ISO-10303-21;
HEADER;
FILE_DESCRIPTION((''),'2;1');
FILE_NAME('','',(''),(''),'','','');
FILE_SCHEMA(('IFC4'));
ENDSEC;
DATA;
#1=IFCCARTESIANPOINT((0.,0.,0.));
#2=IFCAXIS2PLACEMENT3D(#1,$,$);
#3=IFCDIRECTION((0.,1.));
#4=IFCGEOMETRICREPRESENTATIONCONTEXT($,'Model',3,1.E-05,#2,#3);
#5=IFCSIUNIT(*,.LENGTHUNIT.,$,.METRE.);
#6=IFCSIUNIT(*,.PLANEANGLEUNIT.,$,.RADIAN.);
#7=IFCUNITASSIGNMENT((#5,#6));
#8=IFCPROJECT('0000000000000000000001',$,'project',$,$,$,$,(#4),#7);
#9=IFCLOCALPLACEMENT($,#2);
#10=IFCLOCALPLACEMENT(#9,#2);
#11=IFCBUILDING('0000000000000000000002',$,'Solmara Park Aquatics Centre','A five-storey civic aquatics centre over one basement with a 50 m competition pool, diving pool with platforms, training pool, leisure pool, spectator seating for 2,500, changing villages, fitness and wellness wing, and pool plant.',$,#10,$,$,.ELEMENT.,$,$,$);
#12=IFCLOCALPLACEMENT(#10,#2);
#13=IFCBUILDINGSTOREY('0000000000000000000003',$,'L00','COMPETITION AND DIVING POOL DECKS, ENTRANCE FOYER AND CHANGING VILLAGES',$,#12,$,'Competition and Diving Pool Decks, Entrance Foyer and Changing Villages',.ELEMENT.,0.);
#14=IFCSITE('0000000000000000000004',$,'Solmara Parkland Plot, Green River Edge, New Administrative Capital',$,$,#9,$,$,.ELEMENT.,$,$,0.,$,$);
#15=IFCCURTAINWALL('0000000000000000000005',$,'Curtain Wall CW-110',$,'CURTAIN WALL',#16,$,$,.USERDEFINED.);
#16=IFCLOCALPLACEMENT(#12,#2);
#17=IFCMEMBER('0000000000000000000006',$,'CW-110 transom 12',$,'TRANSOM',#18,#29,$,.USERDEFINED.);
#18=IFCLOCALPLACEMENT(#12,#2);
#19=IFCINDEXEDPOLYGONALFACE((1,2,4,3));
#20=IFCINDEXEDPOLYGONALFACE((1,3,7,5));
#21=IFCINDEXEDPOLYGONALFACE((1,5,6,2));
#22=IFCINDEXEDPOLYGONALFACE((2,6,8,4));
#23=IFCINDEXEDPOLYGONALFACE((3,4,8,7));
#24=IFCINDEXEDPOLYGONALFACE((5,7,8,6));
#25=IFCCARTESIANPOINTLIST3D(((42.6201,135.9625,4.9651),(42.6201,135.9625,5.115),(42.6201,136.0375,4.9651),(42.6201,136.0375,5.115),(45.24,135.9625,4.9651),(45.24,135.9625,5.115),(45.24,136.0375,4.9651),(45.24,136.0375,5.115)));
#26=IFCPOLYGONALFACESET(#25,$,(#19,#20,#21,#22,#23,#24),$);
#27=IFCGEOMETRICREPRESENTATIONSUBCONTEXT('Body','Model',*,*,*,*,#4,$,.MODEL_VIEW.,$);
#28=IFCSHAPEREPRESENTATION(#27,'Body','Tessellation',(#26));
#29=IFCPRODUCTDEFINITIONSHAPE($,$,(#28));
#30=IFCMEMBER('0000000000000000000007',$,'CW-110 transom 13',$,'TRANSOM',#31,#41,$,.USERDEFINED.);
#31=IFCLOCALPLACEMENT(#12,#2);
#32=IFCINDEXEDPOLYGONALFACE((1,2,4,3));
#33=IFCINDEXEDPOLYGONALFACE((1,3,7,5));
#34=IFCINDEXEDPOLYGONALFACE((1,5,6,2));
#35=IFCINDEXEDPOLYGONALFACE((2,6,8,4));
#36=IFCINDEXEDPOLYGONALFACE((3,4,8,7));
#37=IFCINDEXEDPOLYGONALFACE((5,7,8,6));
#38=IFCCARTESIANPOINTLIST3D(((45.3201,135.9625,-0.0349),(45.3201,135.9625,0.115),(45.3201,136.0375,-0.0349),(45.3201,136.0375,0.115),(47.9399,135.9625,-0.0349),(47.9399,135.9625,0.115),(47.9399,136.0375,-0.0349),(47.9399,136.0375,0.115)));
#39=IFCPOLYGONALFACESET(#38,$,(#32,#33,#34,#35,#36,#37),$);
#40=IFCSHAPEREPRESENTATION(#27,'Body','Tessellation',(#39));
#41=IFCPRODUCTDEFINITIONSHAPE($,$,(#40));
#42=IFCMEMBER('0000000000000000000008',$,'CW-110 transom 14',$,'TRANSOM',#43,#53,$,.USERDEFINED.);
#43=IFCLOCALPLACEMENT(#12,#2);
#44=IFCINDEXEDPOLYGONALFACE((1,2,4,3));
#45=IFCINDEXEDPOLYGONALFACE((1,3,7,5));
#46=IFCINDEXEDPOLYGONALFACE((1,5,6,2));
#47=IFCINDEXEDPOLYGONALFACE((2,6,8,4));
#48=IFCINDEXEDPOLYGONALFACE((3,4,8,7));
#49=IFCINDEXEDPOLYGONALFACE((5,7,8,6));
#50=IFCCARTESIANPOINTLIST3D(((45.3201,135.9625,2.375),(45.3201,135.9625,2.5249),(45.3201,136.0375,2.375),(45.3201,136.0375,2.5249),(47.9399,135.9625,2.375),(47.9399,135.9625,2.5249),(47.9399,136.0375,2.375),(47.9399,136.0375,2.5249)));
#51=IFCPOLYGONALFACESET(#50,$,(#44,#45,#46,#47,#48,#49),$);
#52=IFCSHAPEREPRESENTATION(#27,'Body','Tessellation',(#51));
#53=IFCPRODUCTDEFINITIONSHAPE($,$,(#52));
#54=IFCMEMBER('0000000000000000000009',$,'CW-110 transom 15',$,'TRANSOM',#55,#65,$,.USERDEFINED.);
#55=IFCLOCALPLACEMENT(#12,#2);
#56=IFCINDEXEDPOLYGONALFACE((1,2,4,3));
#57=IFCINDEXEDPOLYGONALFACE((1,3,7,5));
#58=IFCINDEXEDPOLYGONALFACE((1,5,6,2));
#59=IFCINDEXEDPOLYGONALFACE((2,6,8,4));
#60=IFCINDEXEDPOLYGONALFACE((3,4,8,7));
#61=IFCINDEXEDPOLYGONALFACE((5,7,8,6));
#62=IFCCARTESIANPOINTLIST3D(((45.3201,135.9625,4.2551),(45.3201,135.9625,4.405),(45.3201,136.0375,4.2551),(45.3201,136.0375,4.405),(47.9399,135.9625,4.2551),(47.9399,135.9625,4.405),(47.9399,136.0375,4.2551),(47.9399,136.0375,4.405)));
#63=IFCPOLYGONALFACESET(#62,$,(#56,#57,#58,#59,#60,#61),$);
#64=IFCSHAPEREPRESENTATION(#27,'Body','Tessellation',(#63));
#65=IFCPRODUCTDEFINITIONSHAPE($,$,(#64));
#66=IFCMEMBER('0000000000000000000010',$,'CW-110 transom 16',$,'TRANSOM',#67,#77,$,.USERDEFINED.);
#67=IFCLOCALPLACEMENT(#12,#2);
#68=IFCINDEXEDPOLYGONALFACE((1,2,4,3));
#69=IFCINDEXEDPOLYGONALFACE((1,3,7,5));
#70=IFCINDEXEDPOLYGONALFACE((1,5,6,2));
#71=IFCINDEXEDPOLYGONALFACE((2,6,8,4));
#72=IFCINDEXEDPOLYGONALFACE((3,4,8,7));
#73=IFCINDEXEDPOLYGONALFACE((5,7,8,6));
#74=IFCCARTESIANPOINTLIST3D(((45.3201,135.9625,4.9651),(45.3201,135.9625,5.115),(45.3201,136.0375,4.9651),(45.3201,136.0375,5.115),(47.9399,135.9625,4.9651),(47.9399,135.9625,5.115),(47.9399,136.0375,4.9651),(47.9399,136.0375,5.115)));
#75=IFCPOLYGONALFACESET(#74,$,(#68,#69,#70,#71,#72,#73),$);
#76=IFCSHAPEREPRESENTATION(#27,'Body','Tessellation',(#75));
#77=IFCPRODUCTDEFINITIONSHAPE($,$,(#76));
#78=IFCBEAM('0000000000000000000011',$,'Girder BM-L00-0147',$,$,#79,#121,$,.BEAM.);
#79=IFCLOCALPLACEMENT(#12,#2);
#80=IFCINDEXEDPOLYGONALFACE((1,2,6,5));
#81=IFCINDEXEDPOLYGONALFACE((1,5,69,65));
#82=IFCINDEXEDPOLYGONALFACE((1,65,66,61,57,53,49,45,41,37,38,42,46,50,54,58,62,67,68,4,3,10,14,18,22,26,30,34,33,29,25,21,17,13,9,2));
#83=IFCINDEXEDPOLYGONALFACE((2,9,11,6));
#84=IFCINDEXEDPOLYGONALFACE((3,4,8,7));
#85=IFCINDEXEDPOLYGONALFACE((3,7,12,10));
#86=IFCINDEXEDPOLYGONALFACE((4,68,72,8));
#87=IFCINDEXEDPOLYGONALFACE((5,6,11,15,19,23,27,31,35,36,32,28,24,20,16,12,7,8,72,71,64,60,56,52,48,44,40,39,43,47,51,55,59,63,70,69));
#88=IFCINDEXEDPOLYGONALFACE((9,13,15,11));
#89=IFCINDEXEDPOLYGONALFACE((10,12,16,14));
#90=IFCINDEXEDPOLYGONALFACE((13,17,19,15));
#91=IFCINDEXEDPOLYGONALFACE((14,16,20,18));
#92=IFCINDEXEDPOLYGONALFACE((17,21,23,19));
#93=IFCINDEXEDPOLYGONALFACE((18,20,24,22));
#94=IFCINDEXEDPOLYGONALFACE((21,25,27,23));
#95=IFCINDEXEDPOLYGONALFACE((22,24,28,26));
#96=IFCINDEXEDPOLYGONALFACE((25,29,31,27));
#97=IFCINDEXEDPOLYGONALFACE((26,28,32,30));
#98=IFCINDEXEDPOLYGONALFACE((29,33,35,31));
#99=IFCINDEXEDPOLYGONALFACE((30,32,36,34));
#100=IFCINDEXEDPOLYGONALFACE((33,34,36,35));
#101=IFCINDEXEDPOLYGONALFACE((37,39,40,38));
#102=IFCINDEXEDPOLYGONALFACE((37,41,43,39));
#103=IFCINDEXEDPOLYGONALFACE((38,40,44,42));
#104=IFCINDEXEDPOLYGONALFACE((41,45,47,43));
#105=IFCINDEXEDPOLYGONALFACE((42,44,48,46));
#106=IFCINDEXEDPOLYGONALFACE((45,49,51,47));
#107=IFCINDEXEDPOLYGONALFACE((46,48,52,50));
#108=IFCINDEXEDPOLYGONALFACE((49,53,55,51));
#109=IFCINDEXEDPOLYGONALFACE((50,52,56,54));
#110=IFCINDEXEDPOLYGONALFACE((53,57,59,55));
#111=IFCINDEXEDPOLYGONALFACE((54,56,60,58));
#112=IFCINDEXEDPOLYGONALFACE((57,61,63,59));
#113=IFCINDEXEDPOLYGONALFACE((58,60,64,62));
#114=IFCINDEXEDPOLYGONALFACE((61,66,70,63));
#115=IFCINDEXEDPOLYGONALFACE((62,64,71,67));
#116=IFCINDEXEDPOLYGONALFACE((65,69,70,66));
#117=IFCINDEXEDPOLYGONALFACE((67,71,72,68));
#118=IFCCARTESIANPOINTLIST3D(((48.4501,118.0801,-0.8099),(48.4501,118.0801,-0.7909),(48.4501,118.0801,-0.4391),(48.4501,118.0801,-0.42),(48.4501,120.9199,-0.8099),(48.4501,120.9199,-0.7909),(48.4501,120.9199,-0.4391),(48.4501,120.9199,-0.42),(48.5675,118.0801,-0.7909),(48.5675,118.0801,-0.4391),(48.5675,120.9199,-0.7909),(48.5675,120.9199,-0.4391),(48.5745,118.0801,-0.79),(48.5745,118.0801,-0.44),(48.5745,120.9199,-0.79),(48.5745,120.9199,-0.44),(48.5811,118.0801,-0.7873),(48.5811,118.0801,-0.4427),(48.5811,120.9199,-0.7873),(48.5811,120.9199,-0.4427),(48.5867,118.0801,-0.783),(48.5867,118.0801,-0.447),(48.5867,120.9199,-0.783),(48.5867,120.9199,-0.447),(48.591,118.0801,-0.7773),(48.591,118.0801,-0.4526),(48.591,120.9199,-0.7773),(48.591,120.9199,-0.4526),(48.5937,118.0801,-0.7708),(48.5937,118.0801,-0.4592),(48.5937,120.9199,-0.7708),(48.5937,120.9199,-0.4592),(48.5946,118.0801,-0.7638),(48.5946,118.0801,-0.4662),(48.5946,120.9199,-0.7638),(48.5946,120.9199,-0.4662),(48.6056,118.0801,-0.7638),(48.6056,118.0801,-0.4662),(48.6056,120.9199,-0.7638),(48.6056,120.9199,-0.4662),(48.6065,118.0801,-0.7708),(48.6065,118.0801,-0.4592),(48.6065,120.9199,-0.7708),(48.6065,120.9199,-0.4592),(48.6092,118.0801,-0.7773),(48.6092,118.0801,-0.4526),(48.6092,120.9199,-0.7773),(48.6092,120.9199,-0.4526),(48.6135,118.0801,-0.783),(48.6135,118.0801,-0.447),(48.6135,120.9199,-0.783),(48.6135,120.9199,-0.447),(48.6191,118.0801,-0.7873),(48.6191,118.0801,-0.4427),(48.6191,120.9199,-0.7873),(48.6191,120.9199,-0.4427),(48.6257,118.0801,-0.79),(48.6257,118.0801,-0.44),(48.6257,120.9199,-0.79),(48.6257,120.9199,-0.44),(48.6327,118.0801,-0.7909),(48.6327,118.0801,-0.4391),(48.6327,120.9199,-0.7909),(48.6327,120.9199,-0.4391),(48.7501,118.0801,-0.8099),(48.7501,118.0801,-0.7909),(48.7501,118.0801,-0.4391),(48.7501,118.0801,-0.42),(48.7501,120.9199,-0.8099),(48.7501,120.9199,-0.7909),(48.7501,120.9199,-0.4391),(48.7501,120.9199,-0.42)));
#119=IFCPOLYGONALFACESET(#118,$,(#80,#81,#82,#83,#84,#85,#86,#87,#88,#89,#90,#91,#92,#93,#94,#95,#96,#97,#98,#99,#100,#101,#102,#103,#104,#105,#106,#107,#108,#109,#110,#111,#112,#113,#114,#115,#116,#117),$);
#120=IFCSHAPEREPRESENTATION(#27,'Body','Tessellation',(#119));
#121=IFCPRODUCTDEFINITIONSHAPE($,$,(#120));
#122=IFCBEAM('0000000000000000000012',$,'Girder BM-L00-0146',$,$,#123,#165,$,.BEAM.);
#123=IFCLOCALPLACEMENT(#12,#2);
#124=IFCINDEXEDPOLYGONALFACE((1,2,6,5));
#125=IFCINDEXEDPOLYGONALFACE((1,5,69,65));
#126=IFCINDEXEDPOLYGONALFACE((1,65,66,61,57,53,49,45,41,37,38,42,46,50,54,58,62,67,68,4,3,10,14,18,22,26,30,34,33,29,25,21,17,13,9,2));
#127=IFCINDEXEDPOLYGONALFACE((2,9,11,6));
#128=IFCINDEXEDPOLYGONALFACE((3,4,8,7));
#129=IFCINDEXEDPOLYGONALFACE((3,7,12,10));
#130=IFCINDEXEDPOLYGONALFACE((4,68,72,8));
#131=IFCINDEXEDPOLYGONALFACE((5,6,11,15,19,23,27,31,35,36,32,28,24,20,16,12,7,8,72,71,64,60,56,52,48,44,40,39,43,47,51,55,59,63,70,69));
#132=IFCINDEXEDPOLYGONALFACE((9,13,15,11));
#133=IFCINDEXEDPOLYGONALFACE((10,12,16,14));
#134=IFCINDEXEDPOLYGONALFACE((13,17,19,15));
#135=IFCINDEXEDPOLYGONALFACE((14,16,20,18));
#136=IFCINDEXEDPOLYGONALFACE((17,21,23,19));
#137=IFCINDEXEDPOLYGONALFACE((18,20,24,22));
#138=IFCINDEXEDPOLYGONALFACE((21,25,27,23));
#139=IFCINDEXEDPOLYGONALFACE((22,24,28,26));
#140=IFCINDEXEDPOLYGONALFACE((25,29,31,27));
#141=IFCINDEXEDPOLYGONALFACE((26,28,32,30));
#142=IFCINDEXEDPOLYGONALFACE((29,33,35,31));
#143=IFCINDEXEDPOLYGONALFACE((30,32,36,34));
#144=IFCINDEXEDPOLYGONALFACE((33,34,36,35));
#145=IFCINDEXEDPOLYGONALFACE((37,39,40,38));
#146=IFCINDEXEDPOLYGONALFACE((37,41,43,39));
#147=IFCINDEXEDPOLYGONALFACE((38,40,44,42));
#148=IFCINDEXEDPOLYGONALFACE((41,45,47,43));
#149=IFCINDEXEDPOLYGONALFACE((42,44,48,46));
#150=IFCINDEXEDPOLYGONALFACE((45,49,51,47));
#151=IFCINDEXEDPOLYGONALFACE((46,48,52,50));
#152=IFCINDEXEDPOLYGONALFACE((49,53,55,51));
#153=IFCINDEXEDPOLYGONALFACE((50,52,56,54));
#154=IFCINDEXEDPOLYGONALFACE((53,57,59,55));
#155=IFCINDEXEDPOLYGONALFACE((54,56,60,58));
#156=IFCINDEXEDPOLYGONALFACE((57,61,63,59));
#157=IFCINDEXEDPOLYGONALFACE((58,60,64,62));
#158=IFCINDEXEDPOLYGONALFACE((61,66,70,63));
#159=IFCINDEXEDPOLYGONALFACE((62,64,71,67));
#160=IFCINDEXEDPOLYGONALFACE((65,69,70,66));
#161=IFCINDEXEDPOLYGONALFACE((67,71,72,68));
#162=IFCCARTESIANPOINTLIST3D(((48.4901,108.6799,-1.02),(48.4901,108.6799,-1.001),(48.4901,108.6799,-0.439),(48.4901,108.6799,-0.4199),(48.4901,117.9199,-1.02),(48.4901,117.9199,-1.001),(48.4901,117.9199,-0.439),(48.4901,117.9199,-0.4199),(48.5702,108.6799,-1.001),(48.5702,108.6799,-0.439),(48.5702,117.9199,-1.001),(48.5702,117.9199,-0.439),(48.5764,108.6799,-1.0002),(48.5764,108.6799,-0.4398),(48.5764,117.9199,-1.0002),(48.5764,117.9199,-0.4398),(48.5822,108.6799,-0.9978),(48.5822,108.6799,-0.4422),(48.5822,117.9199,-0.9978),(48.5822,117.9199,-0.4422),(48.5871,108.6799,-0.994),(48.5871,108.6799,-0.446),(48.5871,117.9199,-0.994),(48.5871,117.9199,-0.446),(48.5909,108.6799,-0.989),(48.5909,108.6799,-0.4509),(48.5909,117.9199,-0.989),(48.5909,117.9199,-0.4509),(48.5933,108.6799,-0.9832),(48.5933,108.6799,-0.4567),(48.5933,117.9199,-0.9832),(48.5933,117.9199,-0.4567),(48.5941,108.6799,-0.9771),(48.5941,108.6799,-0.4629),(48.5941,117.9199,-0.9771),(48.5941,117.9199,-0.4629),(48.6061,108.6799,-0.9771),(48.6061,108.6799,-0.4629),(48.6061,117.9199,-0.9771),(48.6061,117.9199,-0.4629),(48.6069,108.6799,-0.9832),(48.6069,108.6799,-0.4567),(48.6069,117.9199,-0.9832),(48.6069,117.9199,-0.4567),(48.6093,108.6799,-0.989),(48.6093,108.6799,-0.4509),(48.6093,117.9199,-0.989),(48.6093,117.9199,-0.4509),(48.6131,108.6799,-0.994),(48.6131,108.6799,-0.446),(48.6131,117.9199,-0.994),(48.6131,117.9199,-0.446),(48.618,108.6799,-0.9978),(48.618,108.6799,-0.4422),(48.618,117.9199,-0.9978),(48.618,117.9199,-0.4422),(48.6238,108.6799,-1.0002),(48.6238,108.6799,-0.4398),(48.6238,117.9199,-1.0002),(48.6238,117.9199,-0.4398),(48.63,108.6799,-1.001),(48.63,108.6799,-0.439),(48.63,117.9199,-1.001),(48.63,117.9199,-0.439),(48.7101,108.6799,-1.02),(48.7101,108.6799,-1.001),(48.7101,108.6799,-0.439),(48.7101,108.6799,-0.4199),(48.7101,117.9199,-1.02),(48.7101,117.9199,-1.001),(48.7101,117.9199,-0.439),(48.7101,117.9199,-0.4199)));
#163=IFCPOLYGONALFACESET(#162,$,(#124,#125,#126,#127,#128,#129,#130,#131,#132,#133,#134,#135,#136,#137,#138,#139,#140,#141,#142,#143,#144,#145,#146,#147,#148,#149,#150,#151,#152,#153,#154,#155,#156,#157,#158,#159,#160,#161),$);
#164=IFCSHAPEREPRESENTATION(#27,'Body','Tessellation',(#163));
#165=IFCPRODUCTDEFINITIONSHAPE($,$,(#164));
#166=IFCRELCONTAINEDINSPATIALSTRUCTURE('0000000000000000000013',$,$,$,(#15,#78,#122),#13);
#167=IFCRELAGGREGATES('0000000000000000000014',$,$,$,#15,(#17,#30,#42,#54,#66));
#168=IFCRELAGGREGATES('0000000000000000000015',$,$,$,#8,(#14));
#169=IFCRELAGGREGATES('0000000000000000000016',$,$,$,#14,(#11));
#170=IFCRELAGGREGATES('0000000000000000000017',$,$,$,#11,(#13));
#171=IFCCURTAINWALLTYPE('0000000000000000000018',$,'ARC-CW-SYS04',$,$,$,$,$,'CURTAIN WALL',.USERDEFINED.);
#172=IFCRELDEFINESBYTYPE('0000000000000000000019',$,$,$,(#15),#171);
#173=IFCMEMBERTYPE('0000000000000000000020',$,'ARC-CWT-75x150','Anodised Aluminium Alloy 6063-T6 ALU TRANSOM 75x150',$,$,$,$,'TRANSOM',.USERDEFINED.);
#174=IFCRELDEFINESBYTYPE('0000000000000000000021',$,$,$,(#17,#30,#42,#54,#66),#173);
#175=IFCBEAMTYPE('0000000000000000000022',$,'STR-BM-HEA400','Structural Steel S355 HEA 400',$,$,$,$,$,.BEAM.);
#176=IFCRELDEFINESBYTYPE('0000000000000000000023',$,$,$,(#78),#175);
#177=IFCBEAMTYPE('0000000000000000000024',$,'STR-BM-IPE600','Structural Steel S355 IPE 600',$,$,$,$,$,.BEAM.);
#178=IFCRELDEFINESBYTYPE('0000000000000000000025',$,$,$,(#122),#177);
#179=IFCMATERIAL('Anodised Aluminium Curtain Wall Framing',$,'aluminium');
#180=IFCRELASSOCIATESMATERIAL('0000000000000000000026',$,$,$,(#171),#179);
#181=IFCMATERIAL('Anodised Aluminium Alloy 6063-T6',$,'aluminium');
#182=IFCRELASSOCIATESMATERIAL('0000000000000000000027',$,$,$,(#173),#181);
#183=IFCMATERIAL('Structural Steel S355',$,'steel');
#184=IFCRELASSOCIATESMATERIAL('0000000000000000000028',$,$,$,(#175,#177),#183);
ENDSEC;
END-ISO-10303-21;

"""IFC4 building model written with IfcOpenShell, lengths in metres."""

from ifc_helpers import new_model, si_unit, direction, frame, origin, origin_2d, place, context, subcontext, project, spatial, rectangle, i_section, extrude, material, material_profile, profile_set, type_object, element, aggregate, save


model = new_model("IFC4")

# Units and contexts
model_context = context("Model", 3, precision=1e-05, world=origin(), true_north=direction((0.0, 1.0)))
body_context = subcontext(model_context, "Body", "Model", "MODEL_VIEW")
ifc_project = project(units=[si_unit("LENGTHUNIT", "METRE"), si_unit("PLANEANGLEUNIT", "RADIAN")], contexts=[model_context])

# Site, building, storey
site_placement = place(None, origin())
site = spatial("IfcSite", under=ifc_project, at=site_placement, Name="Solmara Parkland Plot, Green River Edge, New Administrative Capital", CompositionType="ELEMENT", RefElevation=0.0)
building_placement = place(site_placement, origin())
building = spatial("IfcBuilding", under=site, at=building_placement, Name="Solmara Park Aquatics Centre", Description="A five-storey civic aquatics centre over one basement with a 50 m competition pool, diving pool with platforms, training pool, leisure pool, spectator seating for 2,500, changing villages, fitness and wellness wing, and pool plant.", CompositionType="ELEMENT")
storey_placement = place(building_placement, origin())
storey = spatial("IfcBuildingStorey", under=building, at=storey_placement, Name="L00", Description="COMPETITION AND DIVING POOL DECKS, ENTRANCE FOYER AND CHANGING VILLAGES", LongName="Competition and Diving Pool Decks, Entrance Foyer and Changing Villages", CompositionType="ELEMENT", Elevation=0.0)

# Curtain wall, members
ifc_material_1 = material(Name="Anodised Aluminium Curtain Wall Framing", Category="aluminium")
curtain_wall_type = type_object("IfcCurtainWallType", Name="ARC-CW-SYS04", ElementType="CURTAIN WALL", PredefinedType="USERDEFINED", material=ifc_material_1)
curtain_wall_placement = place(storey_placement, origin())
curtain_wall = element("IfcCurtainWall", 1, at=curtain_wall_placement, inside=storey, type_object=curtain_wall_type, Name="Curtain Wall CW-110", ObjectType="CURTAIN WALL", PredefinedType="USERDEFINED")
ifc_material_2 = material(Name="Anodised Aluminium Alloy 6063-T6", Category="aluminium")
ifc_material_profile_1 = material_profile(ifc_material_2, rectangle(XDim=0.075, YDim=0.1499, at=origin_2d()), Name="ALU TRANSOM 75x150")
ifc_profile_set_1 = profile_set([ifc_material_profile_1], Name="Anodised Aluminium Alloy 6063-T6")
member_type_1 = type_object("IfcMemberType", Name="ARC-CWT-75x150", Description="Anodised Aluminium Alloy 6063-T6 ALU TRANSOM 75x150", ElementType="TRANSOM", PredefinedType="USERDEFINED", material=ifc_profile_set_1)
member_1_placement = place(storey_placement, frame((42.6201, 136.0, 5.04), z_axis=(1.0, 0.0, 0.0), x_axis=(0.0, 1.0, 0.0)))
member_1 = element("IfcMember", 2, at=member_1_placement, type_object=member_type_1, Name="CW-110 transom 12", ObjectType="TRANSOM", PredefinedType="USERDEFINED", context=body_context, shape_type="SweptSolid", body=[
    extrude(rectangle(XDim=0.075, YDim=0.1499, at=origin_2d()), origin(), (0.0, 0.0, 1.0), 2.6199),
])
member_2_placement = place(storey_placement, frame((45.3201, 136.0, 0.04), z_axis=(1.0, 0.0, 0.0), x_axis=(0.0, 1.0, 0.0)))
member_2 = element("IfcMember", 3, at=member_2_placement, type_object=member_type_1, Name="CW-110 transom 13", ObjectType="TRANSOM", PredefinedType="USERDEFINED", context=body_context, shape_type="SweptSolid", body=[
    extrude(rectangle(XDim=0.075, YDim=0.1499, at=origin_2d()), origin(), (0.0, 0.0, 1.0), 2.6199),
])
member_3_placement = place(storey_placement, frame((45.3201, 136.0, 2.45), z_axis=(1.0, 0.0, 0.0), x_axis=(0.0, 1.0, 0.0)))
member_3 = element("IfcMember", 4, at=member_3_placement, type_object=member_type_1, Name="CW-110 transom 14", ObjectType="TRANSOM", PredefinedType="USERDEFINED", context=body_context, shape_type="SweptSolid", body=[
    extrude(rectangle(XDim=0.075, YDim=0.1499, at=origin_2d()), origin(), (0.0, 0.0, 1.0), 2.6199),
])
member_4_placement = place(storey_placement, frame((45.3201, 136.0, 4.3301), z_axis=(1.0, 0.0, 0.0), x_axis=(0.0, 1.0, 0.0)))
member_4 = element("IfcMember", 5, at=member_4_placement, type_object=member_type_1, Name="CW-110 transom 15", ObjectType="TRANSOM", PredefinedType="USERDEFINED", context=body_context, shape_type="SweptSolid", body=[
    extrude(rectangle(XDim=0.075, YDim=0.1499, at=origin_2d()), origin(), (0.0, 0.0, 1.0), 2.6199),
])
member_5_placement = place(storey_placement, frame((45.3201, 136.0, 5.04), z_axis=(1.0, 0.0, 0.0), x_axis=(0.0, 1.0, 0.0)))
member_5 = element("IfcMember", 6, at=member_5_placement, type_object=member_type_1, Name="CW-110 transom 16", ObjectType="TRANSOM", PredefinedType="USERDEFINED", context=body_context, shape_type="SweptSolid", body=[
    extrude(rectangle(XDim=0.075, YDim=0.1499, at=origin_2d()), origin(), (0.0, 0.0, 1.0), 2.6199),
])

# Beams
ifc_material_3 = material(Name="Structural Steel S355", Category="steel")
ifc_material_profile_2 = material_profile(ifc_material_3, i_section(OverallWidth=0.3, OverallDepth=0.3899, WebThickness=0.011, FlangeThickness=0.019, FilletRadius=0.0271, at=origin_2d()), Name="HEA 400")
ifc_profile_set_2 = profile_set([ifc_material_profile_2], Name="Structural Steel S355")
beam_type_1 = type_object("IfcBeamType", Name="STR-BM-HEA400", Description="Structural Steel S355 HEA 400", PredefinedType="BEAM", material=ifc_profile_set_2)
beam_1_placement = place(storey_placement, frame((48.6001, 118.0801, -0.615), z_axis=(0.0, 1.0, 0.0), x_axis=(-1.0, 0.0, 0.0)))
element("IfcBeam", 7, at=beam_1_placement, inside=storey, type_object=beam_type_1, Name="Girder BM-L00-0147", PredefinedType="BEAM", context=body_context, shape_type="SweptSolid", body=[
    extrude(i_section(OverallWidth=0.3, OverallDepth=0.3899, WebThickness=0.011, FlangeThickness=0.019, FilletRadius=0.0271, at=origin_2d()), origin(), (0.0, 0.0, 1.0), 2.8398),
])
ifc_material_profile_3 = material_profile(ifc_material_3, i_section(OverallWidth=0.22, OverallDepth=0.6001, WebThickness=0.012, FlangeThickness=0.019, FilletRadius=0.0239, at=origin_2d()), Name="IPE 600")
ifc_profile_set_3 = profile_set([ifc_material_profile_3], Name="Structural Steel S355")
beam_type_2 = type_object("IfcBeamType", Name="STR-BM-IPE600", Description="Structural Steel S355 IPE 600", PredefinedType="BEAM", material=ifc_profile_set_3)
beam_2_placement = place(storey_placement, frame((48.6001, 108.6799, -0.72), z_axis=(0.0, 1.0, 0.0), x_axis=(-1.0, 0.0, 0.0)))
element("IfcBeam", 8, at=beam_2_placement, inside=storey, type_object=beam_type_2, Name="Girder BM-L00-0146", PredefinedType="BEAM", context=body_context, shape_type="SweptSolid", body=[
    extrude(i_section(OverallWidth=0.22, OverallDepth=0.6001, WebThickness=0.012, FlangeThickness=0.019, FilletRadius=0.0239, at=origin_2d()), origin(), (0.0, 0.0, 1.0), 9.24),
])

aggregate(curtain_wall, [member_1, member_2, member_3, member_4, member_5])

save(model, "model.ifc")
